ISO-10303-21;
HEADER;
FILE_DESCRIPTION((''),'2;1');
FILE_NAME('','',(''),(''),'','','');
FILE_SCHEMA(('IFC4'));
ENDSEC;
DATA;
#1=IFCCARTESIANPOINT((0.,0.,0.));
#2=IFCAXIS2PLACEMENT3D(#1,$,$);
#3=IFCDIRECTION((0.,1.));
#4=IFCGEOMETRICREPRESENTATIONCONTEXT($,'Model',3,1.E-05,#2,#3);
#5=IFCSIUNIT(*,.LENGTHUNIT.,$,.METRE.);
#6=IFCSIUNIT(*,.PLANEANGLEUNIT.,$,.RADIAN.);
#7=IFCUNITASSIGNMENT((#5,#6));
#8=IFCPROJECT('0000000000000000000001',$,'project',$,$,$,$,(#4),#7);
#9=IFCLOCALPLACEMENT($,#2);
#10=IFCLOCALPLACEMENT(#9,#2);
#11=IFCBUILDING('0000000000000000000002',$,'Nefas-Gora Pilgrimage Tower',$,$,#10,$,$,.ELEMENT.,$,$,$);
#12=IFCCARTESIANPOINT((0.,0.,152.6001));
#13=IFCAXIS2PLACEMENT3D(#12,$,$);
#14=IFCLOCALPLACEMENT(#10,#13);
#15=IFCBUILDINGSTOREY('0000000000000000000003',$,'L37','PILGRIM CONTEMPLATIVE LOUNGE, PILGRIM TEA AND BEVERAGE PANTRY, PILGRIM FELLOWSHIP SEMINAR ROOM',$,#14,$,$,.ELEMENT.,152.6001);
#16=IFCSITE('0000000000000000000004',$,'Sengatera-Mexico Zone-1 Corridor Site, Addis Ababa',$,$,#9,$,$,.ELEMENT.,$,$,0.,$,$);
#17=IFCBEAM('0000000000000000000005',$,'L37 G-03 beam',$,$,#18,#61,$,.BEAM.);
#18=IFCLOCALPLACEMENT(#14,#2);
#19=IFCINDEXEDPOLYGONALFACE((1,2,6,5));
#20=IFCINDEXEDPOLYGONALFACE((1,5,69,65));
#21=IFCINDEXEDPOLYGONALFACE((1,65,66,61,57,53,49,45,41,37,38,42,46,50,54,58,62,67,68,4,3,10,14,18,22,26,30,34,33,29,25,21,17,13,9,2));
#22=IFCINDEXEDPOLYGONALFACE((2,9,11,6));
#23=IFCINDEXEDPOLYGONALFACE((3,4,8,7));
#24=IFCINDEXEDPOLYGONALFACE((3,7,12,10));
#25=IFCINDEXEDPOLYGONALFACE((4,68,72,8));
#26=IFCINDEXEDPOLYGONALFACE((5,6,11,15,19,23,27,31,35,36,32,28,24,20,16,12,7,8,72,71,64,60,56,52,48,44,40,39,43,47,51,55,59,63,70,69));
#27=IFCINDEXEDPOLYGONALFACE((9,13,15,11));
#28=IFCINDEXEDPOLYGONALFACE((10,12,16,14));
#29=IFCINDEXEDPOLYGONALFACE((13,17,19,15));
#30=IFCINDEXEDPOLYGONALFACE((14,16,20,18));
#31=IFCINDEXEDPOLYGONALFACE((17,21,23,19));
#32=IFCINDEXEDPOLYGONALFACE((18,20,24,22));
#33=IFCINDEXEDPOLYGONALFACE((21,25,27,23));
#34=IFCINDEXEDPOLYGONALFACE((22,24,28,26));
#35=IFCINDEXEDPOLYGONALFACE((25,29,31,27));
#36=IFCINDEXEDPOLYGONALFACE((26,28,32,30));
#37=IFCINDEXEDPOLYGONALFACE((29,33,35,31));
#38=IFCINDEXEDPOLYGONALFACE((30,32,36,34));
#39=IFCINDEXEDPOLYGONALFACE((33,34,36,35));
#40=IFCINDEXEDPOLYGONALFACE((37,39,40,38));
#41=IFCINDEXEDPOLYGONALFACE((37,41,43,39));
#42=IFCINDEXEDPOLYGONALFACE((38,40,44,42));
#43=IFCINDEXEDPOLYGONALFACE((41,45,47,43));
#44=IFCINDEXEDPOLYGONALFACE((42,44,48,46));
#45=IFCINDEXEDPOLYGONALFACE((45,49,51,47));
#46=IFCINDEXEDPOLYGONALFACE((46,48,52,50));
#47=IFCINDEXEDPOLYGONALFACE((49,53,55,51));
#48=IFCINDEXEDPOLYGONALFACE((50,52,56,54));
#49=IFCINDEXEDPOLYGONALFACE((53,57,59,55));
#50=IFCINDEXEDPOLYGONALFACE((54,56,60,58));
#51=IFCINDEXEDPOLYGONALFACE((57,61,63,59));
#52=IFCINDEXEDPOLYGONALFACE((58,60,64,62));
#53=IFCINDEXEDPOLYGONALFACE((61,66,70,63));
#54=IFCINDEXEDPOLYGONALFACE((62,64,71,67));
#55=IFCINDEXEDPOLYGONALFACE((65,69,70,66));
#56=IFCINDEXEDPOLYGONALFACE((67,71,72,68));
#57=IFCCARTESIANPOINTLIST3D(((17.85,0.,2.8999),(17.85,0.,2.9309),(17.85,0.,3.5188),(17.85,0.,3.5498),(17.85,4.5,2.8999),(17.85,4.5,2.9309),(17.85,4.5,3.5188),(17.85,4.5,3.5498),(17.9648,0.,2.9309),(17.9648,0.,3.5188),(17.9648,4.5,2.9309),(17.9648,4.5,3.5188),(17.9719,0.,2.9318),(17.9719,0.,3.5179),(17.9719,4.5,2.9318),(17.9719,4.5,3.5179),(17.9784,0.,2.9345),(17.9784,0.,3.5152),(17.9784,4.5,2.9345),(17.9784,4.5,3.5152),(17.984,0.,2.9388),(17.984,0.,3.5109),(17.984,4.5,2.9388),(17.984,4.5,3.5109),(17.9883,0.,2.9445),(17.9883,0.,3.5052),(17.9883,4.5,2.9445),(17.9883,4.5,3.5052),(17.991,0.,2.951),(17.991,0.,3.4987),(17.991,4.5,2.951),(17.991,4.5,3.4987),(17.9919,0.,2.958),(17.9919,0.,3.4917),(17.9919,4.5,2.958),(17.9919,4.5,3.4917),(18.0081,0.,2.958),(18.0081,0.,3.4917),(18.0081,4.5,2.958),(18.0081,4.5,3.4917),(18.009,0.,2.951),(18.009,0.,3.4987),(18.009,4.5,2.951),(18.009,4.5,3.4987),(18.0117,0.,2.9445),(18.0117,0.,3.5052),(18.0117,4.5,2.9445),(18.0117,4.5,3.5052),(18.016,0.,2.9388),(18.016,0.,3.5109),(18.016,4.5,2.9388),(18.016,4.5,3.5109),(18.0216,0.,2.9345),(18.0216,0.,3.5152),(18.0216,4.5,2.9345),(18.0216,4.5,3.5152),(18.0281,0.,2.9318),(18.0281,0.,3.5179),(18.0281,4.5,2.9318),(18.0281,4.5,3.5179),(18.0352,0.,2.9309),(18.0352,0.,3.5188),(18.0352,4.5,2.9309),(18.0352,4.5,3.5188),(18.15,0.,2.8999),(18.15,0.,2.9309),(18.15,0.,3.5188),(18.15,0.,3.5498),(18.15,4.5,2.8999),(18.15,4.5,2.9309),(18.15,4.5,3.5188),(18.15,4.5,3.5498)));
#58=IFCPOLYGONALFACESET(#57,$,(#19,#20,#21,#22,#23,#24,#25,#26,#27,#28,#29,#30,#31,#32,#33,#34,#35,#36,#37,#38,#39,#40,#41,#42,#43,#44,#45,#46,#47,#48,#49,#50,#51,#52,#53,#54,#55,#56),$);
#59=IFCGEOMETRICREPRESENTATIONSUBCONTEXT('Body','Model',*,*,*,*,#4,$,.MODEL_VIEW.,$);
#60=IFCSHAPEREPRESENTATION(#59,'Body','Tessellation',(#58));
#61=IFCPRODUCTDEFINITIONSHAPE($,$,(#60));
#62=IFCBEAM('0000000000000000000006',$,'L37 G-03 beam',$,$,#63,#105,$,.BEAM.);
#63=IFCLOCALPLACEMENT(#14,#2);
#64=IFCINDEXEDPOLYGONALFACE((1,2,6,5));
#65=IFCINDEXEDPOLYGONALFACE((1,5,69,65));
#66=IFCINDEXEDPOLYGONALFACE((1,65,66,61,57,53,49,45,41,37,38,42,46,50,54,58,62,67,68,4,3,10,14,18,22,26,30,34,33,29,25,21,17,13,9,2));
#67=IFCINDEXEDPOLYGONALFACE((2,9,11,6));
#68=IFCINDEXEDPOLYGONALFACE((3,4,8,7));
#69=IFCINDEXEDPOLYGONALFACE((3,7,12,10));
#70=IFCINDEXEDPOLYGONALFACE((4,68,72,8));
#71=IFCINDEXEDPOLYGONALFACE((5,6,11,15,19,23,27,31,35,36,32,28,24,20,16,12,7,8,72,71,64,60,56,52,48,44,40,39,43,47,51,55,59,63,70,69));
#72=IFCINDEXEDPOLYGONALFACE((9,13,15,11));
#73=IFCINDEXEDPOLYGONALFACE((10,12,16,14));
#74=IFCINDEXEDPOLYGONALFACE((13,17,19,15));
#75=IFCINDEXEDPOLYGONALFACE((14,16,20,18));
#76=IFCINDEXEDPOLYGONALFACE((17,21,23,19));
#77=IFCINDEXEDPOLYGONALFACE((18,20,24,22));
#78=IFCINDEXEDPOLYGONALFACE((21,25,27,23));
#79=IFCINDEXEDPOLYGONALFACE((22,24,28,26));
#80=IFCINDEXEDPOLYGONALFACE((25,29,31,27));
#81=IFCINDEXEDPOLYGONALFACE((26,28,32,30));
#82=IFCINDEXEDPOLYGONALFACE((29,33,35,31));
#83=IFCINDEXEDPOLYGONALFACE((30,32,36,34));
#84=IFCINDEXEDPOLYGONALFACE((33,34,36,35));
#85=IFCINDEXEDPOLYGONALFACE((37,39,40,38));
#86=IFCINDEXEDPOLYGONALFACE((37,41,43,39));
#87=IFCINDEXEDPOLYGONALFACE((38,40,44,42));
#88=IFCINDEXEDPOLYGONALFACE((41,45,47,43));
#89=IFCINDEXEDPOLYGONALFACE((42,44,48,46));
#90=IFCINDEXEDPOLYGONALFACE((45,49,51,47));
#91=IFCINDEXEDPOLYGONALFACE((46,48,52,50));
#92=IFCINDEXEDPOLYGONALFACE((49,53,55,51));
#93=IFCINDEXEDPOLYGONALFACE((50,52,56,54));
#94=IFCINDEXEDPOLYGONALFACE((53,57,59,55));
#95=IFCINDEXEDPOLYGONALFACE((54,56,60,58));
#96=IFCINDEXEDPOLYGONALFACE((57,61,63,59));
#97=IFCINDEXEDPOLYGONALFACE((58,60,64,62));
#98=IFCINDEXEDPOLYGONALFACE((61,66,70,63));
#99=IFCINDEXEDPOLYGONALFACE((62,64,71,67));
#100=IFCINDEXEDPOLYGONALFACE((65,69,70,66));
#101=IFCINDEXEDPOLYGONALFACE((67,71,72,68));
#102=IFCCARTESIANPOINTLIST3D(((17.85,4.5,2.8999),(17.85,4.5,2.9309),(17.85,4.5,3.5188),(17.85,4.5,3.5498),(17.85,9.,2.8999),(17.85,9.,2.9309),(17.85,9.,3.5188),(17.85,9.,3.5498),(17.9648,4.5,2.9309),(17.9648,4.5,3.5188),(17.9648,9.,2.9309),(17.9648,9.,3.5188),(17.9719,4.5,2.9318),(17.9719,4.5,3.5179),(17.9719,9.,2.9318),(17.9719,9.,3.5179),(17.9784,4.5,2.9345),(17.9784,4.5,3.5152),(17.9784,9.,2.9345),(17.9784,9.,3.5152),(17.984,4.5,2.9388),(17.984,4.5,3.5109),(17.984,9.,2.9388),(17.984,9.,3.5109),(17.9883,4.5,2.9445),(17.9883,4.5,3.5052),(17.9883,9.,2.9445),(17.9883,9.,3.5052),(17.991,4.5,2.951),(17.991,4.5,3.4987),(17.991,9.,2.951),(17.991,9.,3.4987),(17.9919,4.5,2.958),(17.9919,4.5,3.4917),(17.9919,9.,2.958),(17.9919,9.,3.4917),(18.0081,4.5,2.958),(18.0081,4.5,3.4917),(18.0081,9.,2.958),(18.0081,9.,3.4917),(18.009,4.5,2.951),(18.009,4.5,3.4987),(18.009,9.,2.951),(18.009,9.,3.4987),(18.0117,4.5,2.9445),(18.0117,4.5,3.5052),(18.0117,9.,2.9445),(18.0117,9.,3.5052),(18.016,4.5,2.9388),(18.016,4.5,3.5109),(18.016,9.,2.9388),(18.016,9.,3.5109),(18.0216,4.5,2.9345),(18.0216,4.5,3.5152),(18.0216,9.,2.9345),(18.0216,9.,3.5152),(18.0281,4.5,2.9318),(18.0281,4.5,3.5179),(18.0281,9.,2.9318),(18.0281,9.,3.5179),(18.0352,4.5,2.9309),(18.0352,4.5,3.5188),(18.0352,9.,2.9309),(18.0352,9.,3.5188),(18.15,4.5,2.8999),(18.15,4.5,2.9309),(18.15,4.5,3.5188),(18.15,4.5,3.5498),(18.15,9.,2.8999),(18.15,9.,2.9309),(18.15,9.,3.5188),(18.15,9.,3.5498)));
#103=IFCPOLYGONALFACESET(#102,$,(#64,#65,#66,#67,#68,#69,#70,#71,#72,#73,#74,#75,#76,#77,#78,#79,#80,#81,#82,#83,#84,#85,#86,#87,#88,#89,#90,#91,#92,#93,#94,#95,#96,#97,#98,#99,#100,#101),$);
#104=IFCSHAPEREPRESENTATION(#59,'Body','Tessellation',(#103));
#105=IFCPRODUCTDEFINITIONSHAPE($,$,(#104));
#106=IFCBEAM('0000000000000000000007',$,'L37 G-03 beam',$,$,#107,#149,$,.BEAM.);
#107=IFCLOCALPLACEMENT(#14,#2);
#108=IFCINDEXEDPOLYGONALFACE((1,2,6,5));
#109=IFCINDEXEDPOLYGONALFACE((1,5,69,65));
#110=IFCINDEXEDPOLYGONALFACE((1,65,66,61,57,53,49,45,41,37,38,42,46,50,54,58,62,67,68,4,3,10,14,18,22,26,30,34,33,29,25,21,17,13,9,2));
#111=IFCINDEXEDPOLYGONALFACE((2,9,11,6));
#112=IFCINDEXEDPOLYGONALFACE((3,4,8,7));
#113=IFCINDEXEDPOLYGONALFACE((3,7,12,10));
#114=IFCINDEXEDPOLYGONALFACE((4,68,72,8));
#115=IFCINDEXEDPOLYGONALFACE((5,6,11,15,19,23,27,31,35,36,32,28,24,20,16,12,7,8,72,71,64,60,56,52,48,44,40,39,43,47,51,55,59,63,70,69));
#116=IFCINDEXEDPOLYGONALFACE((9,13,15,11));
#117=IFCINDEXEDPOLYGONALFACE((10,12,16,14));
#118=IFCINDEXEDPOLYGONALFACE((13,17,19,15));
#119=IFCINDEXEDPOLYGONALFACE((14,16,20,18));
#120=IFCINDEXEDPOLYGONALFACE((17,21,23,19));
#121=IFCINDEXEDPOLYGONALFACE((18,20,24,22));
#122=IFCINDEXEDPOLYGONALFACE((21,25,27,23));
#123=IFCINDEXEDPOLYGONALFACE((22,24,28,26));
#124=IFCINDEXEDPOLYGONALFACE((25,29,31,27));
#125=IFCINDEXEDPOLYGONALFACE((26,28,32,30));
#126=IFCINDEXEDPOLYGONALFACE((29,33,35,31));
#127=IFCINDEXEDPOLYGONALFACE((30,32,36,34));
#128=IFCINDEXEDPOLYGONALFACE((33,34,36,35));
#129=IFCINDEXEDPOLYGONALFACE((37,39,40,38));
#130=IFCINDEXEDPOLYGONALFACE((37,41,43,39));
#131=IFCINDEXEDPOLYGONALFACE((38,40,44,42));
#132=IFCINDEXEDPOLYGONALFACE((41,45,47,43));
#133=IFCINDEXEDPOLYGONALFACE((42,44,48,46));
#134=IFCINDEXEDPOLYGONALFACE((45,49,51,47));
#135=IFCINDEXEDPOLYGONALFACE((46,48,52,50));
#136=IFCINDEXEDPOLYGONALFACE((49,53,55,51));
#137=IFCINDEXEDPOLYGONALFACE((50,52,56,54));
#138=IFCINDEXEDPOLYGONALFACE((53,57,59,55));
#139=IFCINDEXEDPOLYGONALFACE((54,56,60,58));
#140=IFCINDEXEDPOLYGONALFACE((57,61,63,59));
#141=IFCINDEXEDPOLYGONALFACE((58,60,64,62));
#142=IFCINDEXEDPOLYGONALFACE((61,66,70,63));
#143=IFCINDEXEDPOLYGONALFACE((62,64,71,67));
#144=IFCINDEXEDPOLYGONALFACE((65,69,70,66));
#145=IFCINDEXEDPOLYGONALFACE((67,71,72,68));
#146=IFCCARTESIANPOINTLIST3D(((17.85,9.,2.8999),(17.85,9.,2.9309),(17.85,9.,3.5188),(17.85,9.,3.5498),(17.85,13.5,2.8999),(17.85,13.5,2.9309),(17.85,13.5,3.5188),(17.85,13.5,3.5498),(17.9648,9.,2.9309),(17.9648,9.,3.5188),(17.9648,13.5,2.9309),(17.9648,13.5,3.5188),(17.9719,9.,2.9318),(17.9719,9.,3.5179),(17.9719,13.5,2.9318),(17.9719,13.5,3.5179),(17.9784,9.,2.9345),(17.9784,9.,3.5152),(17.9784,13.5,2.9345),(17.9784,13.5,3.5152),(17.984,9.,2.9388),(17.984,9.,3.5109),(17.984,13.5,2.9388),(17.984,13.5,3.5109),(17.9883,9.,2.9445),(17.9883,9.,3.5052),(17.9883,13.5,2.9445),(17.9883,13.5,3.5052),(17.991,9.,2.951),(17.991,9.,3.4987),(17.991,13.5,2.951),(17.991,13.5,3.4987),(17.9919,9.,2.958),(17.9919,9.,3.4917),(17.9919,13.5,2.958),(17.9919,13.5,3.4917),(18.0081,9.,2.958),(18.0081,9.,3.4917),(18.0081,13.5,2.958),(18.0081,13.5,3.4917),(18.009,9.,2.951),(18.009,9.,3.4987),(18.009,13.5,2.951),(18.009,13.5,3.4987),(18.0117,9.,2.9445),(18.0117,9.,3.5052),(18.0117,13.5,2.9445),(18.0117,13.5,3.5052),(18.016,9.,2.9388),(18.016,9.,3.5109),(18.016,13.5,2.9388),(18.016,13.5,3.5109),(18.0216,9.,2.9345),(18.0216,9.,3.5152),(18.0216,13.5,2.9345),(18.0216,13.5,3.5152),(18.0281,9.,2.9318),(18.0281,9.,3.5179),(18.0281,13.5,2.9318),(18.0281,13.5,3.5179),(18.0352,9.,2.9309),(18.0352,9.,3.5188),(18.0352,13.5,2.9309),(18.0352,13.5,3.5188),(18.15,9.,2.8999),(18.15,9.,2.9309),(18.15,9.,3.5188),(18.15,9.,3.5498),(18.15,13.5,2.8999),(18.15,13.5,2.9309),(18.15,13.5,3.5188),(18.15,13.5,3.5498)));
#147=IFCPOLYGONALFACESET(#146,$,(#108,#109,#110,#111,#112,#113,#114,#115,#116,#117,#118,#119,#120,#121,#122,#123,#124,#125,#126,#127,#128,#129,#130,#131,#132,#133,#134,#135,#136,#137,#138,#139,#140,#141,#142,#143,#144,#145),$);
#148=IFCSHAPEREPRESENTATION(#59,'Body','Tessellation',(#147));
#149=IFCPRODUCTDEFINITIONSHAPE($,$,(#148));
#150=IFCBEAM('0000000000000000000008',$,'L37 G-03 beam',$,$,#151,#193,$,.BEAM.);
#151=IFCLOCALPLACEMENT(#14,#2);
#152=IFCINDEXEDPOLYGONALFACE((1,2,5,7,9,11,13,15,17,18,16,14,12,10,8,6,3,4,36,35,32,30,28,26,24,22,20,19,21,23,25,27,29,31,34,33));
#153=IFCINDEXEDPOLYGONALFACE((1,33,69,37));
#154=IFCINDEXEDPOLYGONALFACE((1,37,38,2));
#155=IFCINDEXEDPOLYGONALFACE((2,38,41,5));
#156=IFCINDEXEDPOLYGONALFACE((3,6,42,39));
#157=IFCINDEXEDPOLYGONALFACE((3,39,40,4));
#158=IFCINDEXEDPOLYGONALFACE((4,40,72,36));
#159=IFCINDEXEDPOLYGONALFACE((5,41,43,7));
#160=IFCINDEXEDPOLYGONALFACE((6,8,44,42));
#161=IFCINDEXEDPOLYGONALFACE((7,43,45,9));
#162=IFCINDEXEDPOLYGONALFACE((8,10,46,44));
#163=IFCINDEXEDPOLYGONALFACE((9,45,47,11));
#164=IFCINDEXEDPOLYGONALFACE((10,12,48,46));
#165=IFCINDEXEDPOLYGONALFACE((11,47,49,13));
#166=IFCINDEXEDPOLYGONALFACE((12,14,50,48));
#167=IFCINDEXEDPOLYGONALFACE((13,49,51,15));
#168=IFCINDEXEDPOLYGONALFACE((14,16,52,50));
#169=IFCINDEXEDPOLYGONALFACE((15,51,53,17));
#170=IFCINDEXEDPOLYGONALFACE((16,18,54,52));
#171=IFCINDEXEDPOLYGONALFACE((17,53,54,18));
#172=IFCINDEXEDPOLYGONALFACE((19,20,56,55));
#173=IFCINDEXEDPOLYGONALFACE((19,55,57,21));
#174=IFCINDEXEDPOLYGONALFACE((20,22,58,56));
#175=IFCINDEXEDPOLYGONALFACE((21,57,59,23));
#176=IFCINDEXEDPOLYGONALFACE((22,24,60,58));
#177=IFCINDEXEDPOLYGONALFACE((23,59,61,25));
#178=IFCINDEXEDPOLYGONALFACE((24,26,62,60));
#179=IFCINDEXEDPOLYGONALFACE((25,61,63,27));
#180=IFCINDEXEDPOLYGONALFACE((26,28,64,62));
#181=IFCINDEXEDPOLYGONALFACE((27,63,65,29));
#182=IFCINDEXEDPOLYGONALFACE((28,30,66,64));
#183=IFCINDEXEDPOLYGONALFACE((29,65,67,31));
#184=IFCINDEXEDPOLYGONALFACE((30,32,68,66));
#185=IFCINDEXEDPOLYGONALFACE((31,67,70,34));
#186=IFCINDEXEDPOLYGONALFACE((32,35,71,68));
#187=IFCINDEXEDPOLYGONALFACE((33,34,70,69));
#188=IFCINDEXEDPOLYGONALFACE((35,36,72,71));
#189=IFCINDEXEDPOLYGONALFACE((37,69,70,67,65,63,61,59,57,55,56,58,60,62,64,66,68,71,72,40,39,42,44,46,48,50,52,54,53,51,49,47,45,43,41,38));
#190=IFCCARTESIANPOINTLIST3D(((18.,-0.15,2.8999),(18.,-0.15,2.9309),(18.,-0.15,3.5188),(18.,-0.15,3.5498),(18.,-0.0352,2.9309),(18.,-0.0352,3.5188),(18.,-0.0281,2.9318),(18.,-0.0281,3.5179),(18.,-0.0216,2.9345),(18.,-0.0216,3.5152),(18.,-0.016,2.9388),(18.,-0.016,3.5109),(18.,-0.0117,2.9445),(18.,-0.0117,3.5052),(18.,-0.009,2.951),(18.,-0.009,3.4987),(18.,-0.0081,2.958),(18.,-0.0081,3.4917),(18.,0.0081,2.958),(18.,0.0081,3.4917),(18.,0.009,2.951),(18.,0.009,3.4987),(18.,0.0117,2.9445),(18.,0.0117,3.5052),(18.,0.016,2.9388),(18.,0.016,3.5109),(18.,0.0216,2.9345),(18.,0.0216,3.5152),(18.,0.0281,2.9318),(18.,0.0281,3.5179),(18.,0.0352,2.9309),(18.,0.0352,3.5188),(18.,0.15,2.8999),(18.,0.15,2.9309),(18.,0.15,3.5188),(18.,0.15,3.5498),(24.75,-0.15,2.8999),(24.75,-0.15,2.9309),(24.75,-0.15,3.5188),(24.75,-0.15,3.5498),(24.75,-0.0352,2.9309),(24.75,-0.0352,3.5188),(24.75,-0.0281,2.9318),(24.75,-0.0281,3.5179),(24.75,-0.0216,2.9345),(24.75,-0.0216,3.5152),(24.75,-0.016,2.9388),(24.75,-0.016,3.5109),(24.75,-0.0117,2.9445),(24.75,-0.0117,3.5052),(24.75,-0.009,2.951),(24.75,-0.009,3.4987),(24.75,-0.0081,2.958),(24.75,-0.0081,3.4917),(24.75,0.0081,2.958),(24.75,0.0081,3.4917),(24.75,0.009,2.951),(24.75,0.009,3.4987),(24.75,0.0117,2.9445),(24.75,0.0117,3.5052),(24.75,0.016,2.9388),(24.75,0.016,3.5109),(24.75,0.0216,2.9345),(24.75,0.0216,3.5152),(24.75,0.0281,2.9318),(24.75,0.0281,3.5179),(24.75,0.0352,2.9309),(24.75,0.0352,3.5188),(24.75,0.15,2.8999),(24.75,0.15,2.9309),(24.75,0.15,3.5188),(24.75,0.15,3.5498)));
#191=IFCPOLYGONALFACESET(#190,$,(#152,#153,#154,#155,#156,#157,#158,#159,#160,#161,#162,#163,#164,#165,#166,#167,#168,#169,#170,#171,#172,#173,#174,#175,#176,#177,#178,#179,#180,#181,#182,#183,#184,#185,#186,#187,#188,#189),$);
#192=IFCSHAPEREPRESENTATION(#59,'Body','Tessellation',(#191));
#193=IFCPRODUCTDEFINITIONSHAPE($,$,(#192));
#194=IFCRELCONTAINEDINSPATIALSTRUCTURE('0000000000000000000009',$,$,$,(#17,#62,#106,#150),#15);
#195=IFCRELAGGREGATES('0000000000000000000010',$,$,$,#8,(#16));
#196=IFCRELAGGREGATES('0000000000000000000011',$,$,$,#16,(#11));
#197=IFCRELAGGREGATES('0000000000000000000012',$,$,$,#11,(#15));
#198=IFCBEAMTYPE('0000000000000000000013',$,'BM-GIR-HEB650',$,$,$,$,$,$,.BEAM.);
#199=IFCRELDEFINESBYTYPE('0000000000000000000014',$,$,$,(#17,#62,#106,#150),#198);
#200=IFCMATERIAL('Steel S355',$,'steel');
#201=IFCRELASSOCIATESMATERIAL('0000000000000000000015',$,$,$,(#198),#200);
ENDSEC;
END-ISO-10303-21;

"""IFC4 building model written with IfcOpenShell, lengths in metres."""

from ifc_helpers import new_model, si_unit, direction, frame, origin, origin_2d, place, context, subcontext, project, spatial, i_section, extrude, source, transform, mapped, material, material_profile, profile_set, type_object, element, save


model = new_model("IFC4")

# Units and contexts
model_context = context("Model", 3, precision=1e-05, world=origin(), true_north=direction((0.0, 1.0)))
body_context = subcontext(model_context, "Body", "Model", "MODEL_VIEW")
ifc_project = project(units=[si_unit("LENGTHUNIT", "METRE"), si_unit("PLANEANGLEUNIT", "RADIAN")], contexts=[model_context])

# Site, building, storey
site_placement = place(None, origin())
site = spatial("IfcSite", under=ifc_project, at=site_placement, Name="Sengatera-Mexico Zone-1 Corridor Site, Addis Ababa", CompositionType="ELEMENT", RefElevation=0.0)
building_placement = place(site_placement, origin())
building = spatial("IfcBuilding", under=site, at=building_placement, Name="Nefas-Gora Pilgrimage Tower", CompositionType="ELEMENT")
storey_placement = place(building_placement, frame((0.0, 0.0, 152.6001)))
storey = spatial("IfcBuildingStorey", under=building, at=storey_placement, Name="L37", Description="PILGRIM CONTEMPLATIVE LOUNGE, PILGRIM TEA AND BEVERAGE PANTRY, PILGRIM FELLOWSHIP SEMINAR ROOM", CompositionType="ELEMENT", Elevation=152.6001)

# Beams
ifc_material_1 = material(Name="Steel S355", Category="steel")
ifc_material_profile_1 = material_profile(ifc_material_1, i_section(OverallWidth=0.3, OverallDepth=0.6499, WebThickness=0.0161, FlangeThickness=0.031, FilletRadius=0.0271, at=origin_2d()), Name="HEB 650")
ifc_profile_set_1 = profile_set([ifc_material_profile_1], Name="Steel S355")
beam_type_1 = type_object("IfcBeamType", Name="BM-GIR-HEB650", PredefinedType="BEAM", material=ifc_profile_set_1)
shared_shape_1 = source(origin(), body_context, "Body", "SweptSolid", [
    extrude(i_section(OverallWidth=0.3, OverallDepth=0.6499, WebThickness=0.0161, FlangeThickness=0.031, FilletRadius=0.0271, at=origin_2d()), origin(), (0.0, 0.0, 1.0), 4.5),
])
for number, where, z_axis, x_axis, name in (
    (1, (18.0, 0.0, 3.2249), (0.0, 1.0, 0.0), (-1.0, 0.0, 0.0), "L37 G-03 beam"),
    (2, (18.0, 4.5, 3.2249), (0.0, 1.0, 0.0), (-1.0, 0.0, 0.0), "L37 G-03 beam"),
    (3, (18.0, 9.0, 3.2249), (0.0, 1.0, 0.0), (-1.0, 0.0, 0.0), "L37 G-03 beam"),
):
    element("IfcBeam", number, at=place(storey_placement, frame(where, z_axis=z_axis, x_axis=x_axis)), inside=storey, type_object=beam_type_1, Name=name, PredefinedType="BEAM", context=body_context, shape_type="MappedRepresentation", body=[
        mapped(shared_shape_1, transform((0.0, 0.0, 0.0), x_axis=(1.0, 0.0, 0.0), y_axis=(0.0, 1.0, 0.0), z_axis=(0.0, 0.0, 1.0), scale=1.0)),
    ])
shared_shape_2 = source(origin(), body_context, "Body", "SweptSolid", [
    extrude(i_section(OverallWidth=0.3, OverallDepth=0.6499, WebThickness=0.0161, FlangeThickness=0.031, FilletRadius=0.0271, at=origin_2d()), origin(), (0.0, 0.0, 1.0), 6.75),
])
for number, where, z_axis, x_axis, name in (
    (4, (18.0, 0.0, 3.2249), (1.0, 0.0, 0.0), (0.0, 1.0, 0.0), "L37 G-03 beam"),
):
    element("IfcBeam", number, at=place(storey_placement, frame(where, z_axis=z_axis, x_axis=x_axis)), inside=storey, type_object=beam_type_1, Name=name, PredefinedType="BEAM", context=body_context, shape_type="MappedRepresentation", body=[
        mapped(shared_shape_2, transform((0.0, 0.0, 0.0), x_axis=(1.0, 0.0, 0.0), y_axis=(0.0, 1.0, 0.0), z_axis=(0.0, 0.0, 1.0), scale=1.0)),
    ])

save(model, "model.ifc")
